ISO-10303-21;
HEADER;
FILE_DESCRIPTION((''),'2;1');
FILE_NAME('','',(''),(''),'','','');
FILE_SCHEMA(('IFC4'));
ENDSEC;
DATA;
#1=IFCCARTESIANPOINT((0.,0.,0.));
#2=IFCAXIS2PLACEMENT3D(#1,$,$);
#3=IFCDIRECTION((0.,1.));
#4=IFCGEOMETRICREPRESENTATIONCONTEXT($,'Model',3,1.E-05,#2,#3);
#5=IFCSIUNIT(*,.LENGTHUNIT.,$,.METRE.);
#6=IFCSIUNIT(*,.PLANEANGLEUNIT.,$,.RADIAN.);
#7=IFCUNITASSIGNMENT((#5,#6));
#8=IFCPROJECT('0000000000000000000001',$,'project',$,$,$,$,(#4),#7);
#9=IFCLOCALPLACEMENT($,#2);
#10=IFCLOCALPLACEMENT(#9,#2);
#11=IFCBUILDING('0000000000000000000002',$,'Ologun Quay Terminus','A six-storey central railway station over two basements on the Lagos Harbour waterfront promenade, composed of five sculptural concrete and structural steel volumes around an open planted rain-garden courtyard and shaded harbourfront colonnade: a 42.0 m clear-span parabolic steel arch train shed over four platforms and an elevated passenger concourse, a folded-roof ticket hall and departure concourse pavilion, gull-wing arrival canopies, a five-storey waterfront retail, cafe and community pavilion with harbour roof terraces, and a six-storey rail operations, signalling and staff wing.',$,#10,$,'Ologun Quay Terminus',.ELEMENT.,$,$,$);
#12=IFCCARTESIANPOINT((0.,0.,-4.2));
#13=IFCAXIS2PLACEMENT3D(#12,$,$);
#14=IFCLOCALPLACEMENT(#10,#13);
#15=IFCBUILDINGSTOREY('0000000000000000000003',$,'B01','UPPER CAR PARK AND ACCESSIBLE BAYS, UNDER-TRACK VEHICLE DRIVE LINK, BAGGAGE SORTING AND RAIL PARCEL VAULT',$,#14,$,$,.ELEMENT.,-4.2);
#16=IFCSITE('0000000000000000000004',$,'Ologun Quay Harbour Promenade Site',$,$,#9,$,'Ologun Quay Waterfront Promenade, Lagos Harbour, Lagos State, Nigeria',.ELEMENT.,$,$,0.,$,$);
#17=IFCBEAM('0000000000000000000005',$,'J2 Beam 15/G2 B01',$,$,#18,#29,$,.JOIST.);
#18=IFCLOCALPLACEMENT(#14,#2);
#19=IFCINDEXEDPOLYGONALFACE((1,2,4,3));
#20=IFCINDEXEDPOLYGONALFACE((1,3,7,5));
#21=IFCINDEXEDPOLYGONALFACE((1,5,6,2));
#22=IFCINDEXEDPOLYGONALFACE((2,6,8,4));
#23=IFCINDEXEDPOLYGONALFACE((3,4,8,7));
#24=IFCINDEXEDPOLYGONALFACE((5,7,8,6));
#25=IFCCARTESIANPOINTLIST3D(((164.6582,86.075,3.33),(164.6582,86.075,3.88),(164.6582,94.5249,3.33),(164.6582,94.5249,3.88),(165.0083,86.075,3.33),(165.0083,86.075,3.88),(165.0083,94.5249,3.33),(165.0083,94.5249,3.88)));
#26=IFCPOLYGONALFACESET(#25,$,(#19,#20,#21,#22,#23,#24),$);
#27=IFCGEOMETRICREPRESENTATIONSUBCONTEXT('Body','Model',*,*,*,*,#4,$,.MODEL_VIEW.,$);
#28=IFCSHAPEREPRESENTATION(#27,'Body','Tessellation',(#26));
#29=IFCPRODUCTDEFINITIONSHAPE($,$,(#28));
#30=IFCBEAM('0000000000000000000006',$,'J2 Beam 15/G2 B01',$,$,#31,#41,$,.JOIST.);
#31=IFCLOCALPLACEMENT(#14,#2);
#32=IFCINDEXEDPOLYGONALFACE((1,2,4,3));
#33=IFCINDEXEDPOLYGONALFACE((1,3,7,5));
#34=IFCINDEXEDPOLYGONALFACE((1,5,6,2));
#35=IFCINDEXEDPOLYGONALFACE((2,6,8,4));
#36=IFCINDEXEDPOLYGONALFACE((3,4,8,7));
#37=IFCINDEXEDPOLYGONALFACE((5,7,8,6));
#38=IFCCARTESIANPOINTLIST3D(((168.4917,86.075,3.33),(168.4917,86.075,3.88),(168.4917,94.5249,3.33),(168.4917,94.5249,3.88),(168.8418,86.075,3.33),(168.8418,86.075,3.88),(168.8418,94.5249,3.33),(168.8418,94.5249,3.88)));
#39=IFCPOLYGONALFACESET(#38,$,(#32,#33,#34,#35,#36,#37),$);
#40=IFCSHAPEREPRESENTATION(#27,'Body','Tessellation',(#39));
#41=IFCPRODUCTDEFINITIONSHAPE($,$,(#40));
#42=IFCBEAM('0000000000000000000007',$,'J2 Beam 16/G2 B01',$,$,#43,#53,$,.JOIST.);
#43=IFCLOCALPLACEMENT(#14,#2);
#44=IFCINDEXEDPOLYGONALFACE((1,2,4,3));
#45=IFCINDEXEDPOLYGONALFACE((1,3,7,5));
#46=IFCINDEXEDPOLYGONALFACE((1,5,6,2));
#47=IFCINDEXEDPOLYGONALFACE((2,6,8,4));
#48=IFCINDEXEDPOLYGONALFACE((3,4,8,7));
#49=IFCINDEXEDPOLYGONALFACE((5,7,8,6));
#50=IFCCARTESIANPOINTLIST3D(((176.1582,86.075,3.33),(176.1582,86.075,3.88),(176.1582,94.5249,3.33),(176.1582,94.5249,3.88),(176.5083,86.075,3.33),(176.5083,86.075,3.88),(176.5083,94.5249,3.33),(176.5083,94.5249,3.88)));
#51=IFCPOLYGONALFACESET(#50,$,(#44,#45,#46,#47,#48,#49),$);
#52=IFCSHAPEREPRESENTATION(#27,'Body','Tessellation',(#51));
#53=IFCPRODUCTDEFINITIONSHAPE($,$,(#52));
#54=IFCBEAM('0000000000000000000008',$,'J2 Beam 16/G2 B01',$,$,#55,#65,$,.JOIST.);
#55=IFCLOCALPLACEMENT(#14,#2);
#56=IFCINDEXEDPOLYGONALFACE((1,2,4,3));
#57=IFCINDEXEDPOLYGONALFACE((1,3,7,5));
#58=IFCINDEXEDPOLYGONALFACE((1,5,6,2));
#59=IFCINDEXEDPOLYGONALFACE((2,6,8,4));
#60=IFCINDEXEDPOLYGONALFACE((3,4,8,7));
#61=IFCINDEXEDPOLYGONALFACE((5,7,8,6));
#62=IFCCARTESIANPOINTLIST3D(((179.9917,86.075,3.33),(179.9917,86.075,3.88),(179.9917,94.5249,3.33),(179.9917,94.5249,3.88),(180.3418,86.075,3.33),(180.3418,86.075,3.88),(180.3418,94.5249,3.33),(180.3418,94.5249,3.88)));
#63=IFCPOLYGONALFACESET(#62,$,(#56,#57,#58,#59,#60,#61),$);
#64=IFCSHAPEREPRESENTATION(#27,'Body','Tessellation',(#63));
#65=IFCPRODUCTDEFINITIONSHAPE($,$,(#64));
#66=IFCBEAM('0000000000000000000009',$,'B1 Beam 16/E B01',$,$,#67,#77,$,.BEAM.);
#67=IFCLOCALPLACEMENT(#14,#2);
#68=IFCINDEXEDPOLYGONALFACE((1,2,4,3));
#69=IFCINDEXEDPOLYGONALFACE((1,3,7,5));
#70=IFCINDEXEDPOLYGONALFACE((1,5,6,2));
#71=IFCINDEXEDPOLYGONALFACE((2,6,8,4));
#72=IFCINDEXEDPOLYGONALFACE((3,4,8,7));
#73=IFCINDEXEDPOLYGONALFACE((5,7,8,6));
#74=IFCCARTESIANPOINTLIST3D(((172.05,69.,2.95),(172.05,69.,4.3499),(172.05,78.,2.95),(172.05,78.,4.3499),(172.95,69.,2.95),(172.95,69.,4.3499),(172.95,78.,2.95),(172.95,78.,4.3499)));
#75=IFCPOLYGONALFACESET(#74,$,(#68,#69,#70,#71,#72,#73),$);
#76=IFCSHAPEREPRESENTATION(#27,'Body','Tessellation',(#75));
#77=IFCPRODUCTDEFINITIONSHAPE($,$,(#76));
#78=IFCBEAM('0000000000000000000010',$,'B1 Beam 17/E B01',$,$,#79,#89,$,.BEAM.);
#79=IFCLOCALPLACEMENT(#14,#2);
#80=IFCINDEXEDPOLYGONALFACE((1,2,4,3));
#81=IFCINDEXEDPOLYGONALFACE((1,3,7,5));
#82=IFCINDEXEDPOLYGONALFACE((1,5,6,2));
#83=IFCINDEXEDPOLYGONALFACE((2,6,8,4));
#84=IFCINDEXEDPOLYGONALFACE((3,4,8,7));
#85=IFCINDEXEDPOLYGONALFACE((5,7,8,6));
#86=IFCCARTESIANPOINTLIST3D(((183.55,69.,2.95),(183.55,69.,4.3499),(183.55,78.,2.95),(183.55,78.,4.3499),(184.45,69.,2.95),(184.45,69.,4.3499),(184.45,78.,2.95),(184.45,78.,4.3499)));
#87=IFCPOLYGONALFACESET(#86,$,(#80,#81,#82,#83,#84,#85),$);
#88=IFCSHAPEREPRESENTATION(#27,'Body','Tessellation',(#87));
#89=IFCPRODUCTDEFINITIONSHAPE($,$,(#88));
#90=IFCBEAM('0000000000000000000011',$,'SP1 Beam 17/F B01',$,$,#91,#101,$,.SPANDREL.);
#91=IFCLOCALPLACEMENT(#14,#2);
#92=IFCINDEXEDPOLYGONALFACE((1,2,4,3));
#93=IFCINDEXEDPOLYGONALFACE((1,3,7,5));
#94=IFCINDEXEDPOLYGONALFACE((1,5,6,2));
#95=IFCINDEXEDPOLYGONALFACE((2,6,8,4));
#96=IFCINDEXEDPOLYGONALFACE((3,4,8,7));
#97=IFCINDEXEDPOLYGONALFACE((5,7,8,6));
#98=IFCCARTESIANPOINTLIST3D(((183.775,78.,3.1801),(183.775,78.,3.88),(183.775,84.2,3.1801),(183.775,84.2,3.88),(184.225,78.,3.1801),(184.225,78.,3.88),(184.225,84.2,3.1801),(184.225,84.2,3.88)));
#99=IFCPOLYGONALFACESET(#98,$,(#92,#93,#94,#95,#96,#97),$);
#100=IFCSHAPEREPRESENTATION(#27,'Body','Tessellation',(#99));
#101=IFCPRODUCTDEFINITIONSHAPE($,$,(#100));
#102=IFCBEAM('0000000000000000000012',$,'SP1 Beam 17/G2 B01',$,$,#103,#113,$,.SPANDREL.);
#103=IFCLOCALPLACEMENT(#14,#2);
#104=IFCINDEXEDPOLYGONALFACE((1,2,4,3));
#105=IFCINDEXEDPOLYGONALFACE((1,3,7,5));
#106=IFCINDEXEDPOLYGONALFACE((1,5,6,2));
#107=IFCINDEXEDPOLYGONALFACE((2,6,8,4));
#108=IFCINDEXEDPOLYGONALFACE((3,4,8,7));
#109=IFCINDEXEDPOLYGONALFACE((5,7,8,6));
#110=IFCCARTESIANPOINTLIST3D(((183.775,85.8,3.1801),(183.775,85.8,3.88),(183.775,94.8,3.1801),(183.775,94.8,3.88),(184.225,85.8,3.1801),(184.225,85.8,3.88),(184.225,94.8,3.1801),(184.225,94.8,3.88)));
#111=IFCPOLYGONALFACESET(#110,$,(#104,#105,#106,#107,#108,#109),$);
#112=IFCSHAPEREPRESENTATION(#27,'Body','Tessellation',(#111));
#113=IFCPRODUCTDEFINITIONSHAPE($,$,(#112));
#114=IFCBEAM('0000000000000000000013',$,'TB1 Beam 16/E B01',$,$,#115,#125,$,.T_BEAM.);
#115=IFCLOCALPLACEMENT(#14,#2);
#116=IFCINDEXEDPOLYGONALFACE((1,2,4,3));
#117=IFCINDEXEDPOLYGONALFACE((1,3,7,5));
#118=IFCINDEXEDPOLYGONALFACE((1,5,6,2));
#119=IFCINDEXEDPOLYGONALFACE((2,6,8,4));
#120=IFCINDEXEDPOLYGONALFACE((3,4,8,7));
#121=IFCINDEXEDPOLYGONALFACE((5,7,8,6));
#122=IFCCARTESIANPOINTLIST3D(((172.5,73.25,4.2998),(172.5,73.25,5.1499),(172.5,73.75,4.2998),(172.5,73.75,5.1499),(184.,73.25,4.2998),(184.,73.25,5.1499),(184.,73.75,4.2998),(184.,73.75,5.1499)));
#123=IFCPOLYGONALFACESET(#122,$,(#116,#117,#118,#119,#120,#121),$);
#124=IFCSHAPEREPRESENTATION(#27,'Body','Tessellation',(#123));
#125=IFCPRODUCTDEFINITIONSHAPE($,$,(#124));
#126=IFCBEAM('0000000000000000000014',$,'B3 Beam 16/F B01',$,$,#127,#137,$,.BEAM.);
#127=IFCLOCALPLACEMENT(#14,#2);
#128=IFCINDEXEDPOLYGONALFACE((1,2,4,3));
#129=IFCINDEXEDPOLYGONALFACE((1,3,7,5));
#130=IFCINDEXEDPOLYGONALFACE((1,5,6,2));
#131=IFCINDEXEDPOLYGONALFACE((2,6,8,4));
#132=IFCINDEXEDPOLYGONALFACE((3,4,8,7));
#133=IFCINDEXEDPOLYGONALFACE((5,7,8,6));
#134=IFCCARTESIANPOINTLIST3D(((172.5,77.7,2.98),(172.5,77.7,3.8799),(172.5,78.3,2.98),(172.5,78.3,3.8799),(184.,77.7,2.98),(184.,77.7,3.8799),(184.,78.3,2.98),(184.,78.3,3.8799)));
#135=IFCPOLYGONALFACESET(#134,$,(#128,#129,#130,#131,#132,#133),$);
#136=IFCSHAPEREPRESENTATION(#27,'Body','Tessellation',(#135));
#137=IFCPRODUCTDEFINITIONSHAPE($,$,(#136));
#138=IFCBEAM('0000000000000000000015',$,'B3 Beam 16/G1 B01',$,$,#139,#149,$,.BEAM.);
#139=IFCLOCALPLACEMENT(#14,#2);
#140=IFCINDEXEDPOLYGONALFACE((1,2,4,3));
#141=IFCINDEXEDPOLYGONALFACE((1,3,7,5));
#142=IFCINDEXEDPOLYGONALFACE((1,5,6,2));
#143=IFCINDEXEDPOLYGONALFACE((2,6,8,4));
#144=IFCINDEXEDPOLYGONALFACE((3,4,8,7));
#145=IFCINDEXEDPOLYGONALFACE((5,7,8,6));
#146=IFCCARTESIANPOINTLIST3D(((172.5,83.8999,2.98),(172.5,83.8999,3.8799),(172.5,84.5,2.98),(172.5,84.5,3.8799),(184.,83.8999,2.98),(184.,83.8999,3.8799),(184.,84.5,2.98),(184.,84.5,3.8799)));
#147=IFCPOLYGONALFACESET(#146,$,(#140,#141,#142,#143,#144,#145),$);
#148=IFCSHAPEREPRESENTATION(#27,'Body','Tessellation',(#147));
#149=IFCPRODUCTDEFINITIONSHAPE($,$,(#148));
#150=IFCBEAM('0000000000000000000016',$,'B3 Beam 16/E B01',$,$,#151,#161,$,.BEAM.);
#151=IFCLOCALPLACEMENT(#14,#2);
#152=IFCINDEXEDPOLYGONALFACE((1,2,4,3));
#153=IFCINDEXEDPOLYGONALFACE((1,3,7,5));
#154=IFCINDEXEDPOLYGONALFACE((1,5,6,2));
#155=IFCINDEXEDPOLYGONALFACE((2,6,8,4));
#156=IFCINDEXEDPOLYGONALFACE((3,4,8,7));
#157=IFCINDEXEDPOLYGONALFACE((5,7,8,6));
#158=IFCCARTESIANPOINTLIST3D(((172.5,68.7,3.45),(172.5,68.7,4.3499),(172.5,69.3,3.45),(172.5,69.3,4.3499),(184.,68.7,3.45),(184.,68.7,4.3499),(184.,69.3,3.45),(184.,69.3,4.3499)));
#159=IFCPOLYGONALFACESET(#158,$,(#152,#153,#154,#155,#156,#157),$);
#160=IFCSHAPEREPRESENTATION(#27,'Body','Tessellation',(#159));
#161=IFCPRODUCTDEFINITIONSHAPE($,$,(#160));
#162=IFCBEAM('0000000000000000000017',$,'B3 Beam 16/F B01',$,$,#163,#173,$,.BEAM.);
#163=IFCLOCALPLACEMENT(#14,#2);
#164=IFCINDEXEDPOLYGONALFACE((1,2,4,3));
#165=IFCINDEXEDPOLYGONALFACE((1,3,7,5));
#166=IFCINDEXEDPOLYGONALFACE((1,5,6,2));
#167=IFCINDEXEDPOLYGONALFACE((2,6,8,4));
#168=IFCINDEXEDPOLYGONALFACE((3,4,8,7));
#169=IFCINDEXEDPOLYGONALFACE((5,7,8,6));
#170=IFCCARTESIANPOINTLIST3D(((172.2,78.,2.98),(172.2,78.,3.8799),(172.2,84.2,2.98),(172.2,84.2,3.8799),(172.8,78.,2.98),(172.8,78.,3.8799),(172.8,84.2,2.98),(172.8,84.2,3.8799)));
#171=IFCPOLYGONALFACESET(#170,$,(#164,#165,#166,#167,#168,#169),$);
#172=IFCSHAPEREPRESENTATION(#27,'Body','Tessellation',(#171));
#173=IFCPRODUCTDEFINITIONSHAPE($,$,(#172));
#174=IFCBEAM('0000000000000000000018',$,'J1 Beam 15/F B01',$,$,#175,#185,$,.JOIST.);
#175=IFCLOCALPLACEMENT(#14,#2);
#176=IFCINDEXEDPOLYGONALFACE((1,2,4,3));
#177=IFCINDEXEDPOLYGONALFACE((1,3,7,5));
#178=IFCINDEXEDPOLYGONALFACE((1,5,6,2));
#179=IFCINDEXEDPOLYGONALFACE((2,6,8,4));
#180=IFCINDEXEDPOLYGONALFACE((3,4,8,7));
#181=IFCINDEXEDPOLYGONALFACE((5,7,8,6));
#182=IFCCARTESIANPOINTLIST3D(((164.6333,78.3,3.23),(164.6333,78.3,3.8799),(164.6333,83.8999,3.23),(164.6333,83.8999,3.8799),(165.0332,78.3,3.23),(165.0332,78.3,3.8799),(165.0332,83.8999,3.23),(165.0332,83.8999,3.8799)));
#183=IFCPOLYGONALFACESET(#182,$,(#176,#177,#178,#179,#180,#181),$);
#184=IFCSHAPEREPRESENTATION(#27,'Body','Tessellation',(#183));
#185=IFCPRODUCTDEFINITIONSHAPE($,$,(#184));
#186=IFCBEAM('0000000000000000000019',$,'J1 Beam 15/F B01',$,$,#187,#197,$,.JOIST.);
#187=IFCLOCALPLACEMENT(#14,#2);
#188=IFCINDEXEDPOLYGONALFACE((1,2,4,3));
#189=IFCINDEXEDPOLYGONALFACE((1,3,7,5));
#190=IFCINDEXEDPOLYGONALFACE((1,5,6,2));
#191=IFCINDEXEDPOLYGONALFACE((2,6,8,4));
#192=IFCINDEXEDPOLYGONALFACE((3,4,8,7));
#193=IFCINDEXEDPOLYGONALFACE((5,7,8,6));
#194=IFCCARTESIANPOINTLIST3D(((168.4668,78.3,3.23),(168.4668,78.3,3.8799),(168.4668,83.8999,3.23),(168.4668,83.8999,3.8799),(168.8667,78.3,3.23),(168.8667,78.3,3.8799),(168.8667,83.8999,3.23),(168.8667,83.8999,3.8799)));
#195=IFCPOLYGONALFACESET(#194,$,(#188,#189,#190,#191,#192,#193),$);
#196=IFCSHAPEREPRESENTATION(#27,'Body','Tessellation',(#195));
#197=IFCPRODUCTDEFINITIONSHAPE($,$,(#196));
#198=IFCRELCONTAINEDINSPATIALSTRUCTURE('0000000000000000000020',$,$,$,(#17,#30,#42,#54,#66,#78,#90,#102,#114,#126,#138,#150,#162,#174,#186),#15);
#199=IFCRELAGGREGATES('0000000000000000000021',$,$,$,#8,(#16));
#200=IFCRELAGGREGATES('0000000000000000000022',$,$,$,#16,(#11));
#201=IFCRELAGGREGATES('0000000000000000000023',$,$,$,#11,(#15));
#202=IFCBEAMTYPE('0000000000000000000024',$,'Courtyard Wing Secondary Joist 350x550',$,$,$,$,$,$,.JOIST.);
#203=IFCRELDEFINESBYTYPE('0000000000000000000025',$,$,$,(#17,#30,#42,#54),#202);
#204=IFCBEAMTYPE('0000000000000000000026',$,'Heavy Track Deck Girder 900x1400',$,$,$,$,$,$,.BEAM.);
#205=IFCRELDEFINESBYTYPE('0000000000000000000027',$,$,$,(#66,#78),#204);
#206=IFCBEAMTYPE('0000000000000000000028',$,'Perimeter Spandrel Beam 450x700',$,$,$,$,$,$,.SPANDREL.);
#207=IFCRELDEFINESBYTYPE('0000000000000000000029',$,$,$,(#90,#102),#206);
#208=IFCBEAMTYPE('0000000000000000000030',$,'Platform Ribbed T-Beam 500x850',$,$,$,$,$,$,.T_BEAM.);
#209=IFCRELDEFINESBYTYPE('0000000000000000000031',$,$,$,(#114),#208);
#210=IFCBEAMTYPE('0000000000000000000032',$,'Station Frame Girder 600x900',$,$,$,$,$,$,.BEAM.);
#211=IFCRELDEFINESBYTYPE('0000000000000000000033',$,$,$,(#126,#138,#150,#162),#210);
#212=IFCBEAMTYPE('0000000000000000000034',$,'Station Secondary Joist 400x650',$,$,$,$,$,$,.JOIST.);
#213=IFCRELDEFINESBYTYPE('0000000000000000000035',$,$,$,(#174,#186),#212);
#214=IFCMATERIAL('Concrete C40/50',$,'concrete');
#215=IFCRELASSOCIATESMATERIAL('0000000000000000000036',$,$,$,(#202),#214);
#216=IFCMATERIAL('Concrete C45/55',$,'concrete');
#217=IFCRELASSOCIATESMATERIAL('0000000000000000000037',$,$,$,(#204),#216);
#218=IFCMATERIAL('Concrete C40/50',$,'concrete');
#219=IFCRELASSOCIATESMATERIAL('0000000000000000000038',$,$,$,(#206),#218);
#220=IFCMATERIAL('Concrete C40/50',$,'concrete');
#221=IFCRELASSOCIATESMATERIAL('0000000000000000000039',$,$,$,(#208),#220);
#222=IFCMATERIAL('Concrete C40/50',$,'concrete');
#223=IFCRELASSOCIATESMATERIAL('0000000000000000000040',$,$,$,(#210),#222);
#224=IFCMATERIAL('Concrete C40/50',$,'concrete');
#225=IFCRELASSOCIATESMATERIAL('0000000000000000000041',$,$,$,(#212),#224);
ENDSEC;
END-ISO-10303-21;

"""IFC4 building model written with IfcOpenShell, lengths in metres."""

from ifc_helpers import new_model, si_unit, direction, frame, origin, origin_2d, place, context, subcontext, project, spatial, rectangle, extrude, material, material_profile, profile_set, type_object, element, save


model = new_model("IFC4")

# Units and contexts
model_context = context("Model", 3, precision=1e-05, world=origin(), true_north=direction((0.0, 1.0)))
body_context = subcontext(model_context, "Body", "Model", "MODEL_VIEW")
ifc_project = project(units=[si_unit("LENGTHUNIT", "METRE"), si_unit("PLANEANGLEUNIT", "RADIAN")], contexts=[model_context])

# Site, building, storey
site_placement = place(None, origin())
site = spatial("IfcSite", under=ifc_project, at=site_placement, Name="Ologun Quay Harbour Promenade Site", LongName="Ologun Quay Waterfront Promenade, Lagos Harbour, Lagos State, Nigeria", CompositionType="ELEMENT", RefElevation=0.0)
building_placement = place(site_placement, origin())
building = spatial("IfcBuilding", under=site, at=building_placement, Name="Ologun Quay Terminus", Description="A six-storey central railway station over two basements on the Lagos Harbour waterfront promenade, composed of five sculptural concrete and structural steel volumes around an open planted rain-garden courtyard and shaded harbourfront colonnade: a 42.0 m clear-span parabolic steel arch train shed over four platforms and an elevated passenger concourse, a folded-roof ticket hall and departure concourse pavilion, gull-wing arrival canopies, a five-storey waterfront retail, cafe and community pavilion with harbour roof terraces, and a six-storey rail operations, signalling and staff wing.", LongName="Ologun Quay Terminus", CompositionType="ELEMENT")
storey_placement = place(building_placement, frame((0.0, 0.0, -4.2)))
storey = spatial("IfcBuildingStorey", under=building, at=storey_placement, Name="B01", Description="UPPER CAR PARK AND ACCESSIBLE BAYS, UNDER-TRACK VEHICLE DRIVE LINK, BAGGAGE SORTING AND RAIL PARCEL VAULT", CompositionType="ELEMENT", Elevation=-4.2)

# Beams
ifc_material_1 = material(Name="Concrete C40/50", Category="concrete")
ifc_material_profile_1 = material_profile(ifc_material_1, rectangle(XDim=0.3501, YDim=0.55, at=origin_2d()), Name="RC 350x550")
ifc_profile_set_1 = profile_set([ifc_material_profile_1], Name="Concrete C40/50")
beam_type_1 = type_object("IfcBeamType", Name="Courtyard Wing Secondary Joist 350x550", PredefinedType="JOIST", material=ifc_profile_set_1)
for number, where, z_axis, x_axis, name in (
    (1, (164.8333, 86.075, 3.605), (0.0, 1.0, 0.0), (-1.0, 0.0, 0.0), "J2 Beam 15/G2 B01"),
    (2, (168.6667, 86.075, 3.605), (0.0, 1.0, 0.0), (-1.0, 0.0, 0.0), "J2 Beam 15/G2 B01"),
    (3, (176.3333, 86.075, 3.605), (0.0, 1.0, 0.0), (-1.0, 0.0, 0.0), "J2 Beam 16/G2 B01"),
    (4, (180.1667, 86.075, 3.605), (0.0, 1.0, 0.0), (-1.0, 0.0, 0.0), "J2 Beam 16/G2 B01"),
):
    element("IfcBeam", number, at=place(storey_placement, frame(where, z_axis=z_axis, x_axis=x_axis)), inside=storey, type_object=beam_type_1, Name=name, PredefinedType="JOIST", context=body_context, shape_type="SweptSolid", body=[
        extrude(rectangle(XDim=0.3501, YDim=0.55, at=origin_2d()), origin(), (0.0, 0.0, 1.0), 8.45),
    ])
ifc_material_2 = material(Name="Concrete C45/55", Category="concrete")
ifc_material_profile_2 = material_profile(ifc_material_2, rectangle(XDim=0.8999, YDim=1.3999, at=origin_2d()), Name="RC 900x1400")
ifc_profile_set_2 = profile_set([ifc_material_profile_2], Name="Concrete C45/55")
beam_type_2 = type_object("IfcBeamType", Name="Heavy Track Deck Girder 900x1400", PredefinedType="BEAM", material=ifc_profile_set_2)
for number, where, z_axis, x_axis, name in (
    (5, (172.5, 69.0, 3.6499), (0.0, 1.0, 0.0), (-1.0, 0.0, 0.0), "B1 Beam 16/E B01"),
    (6, (184.0, 69.0, 3.6499), (0.0, 1.0, 0.0), (-1.0, 0.0, 0.0), "B1 Beam 17/E B01"),
):
    element("IfcBeam", number, at=place(storey_placement, frame(where, z_axis=z_axis, x_axis=x_axis)), inside=storey, type_object=beam_type_2, Name=name, PredefinedType="BEAM", context=body_context, shape_type="SweptSolid", body=[
        extrude(rectangle(XDim=0.8999, YDim=1.3999, at=origin_2d()), origin(), (0.0, 0.0, 1.0), 9.0),
    ])
ifc_material_3 = material(Name="Concrete C40/50", Category="concrete")
ifc_material_profile_3 = material_profile(ifc_material_3, rectangle(XDim=0.45, YDim=0.7, at=origin_2d()), Name="RC 450x700")
ifc_profile_set_3 = profile_set([ifc_material_profile_3], Name="Concrete C40/50")
beam_type_3 = type_object("IfcBeamType", Name="Perimeter Spandrel Beam 450x700", PredefinedType="SPANDREL", material=ifc_profile_set_3)
beam_1_placement = place(storey_placement, frame((184.0, 78.0, 3.53), z_axis=(0.0, 1.0, 0.0), x_axis=(-1.0, 0.0, 0.0)))
element("IfcBeam", 7, at=beam_1_placement, inside=storey, type_object=beam_type_3, Name="SP1 Beam 17/F B01", PredefinedType="SPANDREL", context=body_context, shape_type="SweptSolid", body=[
    extrude(rectangle(XDim=0.45, YDim=0.7, at=origin_2d()), origin(), (0.0, 0.0, 1.0), 6.2),
])
beam_2_placement = place(storey_placement, frame((184.0, 85.8, 3.53), z_axis=(0.0, 1.0, 0.0), x_axis=(-1.0, 0.0, 0.0)))
element("IfcBeam", 8, at=beam_2_placement, inside=storey, type_object=beam_type_3, Name="SP1 Beam 17/G2 B01", PredefinedType="SPANDREL", context=body_context, shape_type="SweptSolid", body=[
    extrude(rectangle(XDim=0.45, YDim=0.7, at=origin_2d()), origin(), (0.0, 0.0, 1.0), 9.0),
])
ifc_material_4 = material(Name="Concrete C40/50", Category="concrete")
ifc_material_profile_4 = material_profile(ifc_material_4, rectangle(XDim=0.5, YDim=0.8501, at=origin_2d()), Name="RC 500x850")
ifc_profile_set_4 = profile_set([ifc_material_profile_4], Name="Concrete C40/50")
beam_type_4 = type_object("IfcBeamType", Name="Platform Ribbed T-Beam 500x850", PredefinedType="T_BEAM", material=ifc_profile_set_4)
beam_3_placement = place(storey_placement, frame((172.5, 73.5, 4.7249), z_axis=(1.0, 0.0, 0.0), x_axis=(0.0, 1.0, 0.0)))
element("IfcBeam", 9, at=beam_3_placement, inside=storey, type_object=beam_type_4, Name="TB1 Beam 16/E B01", PredefinedType="T_BEAM", context=body_context, shape_type="SweptSolid", body=[
    extrude(rectangle(XDim=0.5, YDim=0.8501, at=origin_2d()), origin(), (0.0, 0.0, 1.0), 11.5),
])
ifc_material_5 = material(Name="Concrete C40/50", Category="concrete")
ifc_material_profile_5 = material_profile(ifc_material_5, rectangle(XDim=0.6001, YDim=0.8999, at=origin_2d()), Name="RC 600x900")
ifc_profile_set_5 = profile_set([ifc_material_profile_5], Name="Concrete C40/50")
beam_type_5 = type_object("IfcBeamType", Name="Station Frame Girder 600x900", PredefinedType="BEAM", material=ifc_profile_set_5)
for number, where, z_axis, x_axis, name in (
    (10, (172.5, 78.0, 3.4299), (1.0, 0.0, 0.0), (0.0, 1.0, 0.0), "B3 Beam 16/F B01"),
    (11, (172.5, 84.2, 3.4299), (1.0, 0.0, 0.0), (0.0, 1.0, 0.0), "B3 Beam 16/G1 B01"),
    (12, (172.5, 69.0, 3.8999), (1.0, 0.0, 0.0), (0.0, 1.0, 0.0), "B3 Beam 16/E B01"),
):
    element("IfcBeam", number, at=place(storey_placement, frame(where, z_axis=z_axis, x_axis=x_axis)), inside=storey, type_object=beam_type_5, Name=name, PredefinedType="BEAM", context=body_context, shape_type="SweptSolid", body=[
        extrude(rectangle(XDim=0.6001, YDim=0.8999, at=origin_2d()), origin(), (0.0, 0.0, 1.0), 11.5),
    ])
beam_4_placement = place(storey_placement, frame((172.5, 78.0, 3.4299), z_axis=(0.0, 1.0, 0.0), x_axis=(-1.0, 0.0, 0.0)))
element("IfcBeam", 13, at=beam_4_placement, inside=storey, type_object=beam_type_5, Name="B3 Beam 16/F B01", PredefinedType="BEAM", context=body_context, shape_type="SweptSolid", body=[
    extrude(rectangle(XDim=0.6001, YDim=0.8999, at=origin_2d()), origin(), (0.0, 0.0, 1.0), 6.2),
])
ifc_material_6 = material(Name="Concrete C40/50", Category="concrete")
ifc_material_profile_6 = material_profile(ifc_material_6, rectangle(XDim=0.3999, YDim=0.6499, at=origin_2d()), Name="RC 400x650")
ifc_profile_set_6 = profile_set([ifc_material_profile_6], Name="Concrete C40/50")
beam_type_6 = type_object("IfcBeamType", Name="Station Secondary Joist 400x650", PredefinedType="JOIST", material=ifc_profile_set_6)
for number, where, z_axis, x_axis, name in (
    (14, (164.8333, 78.3, 3.5549), (0.0, 1.0, 0.0), (-1.0, 0.0, 0.0), "J1 Beam 15/F B01"),
    (15, (168.6667, 78.3, 3.5549), (0.0, 1.0, 0.0), (-1.0, 0.0, 0.0), "J1 Beam 15/F B01"),
):
    element("IfcBeam", number, at=place(storey_placement, frame(where, z_axis=z_axis, x_axis=x_axis)), inside=storey, type_object=beam_type_6, Name=name, PredefinedType="JOIST", context=body_context, shape_type="SweptSolid", body=[
        extrude(rectangle(XDim=0.3999, YDim=0.6499, at=origin_2d()), origin(), (0.0, 0.0, 1.0), 5.5999),
    ])

save(model, "model.ifc")
